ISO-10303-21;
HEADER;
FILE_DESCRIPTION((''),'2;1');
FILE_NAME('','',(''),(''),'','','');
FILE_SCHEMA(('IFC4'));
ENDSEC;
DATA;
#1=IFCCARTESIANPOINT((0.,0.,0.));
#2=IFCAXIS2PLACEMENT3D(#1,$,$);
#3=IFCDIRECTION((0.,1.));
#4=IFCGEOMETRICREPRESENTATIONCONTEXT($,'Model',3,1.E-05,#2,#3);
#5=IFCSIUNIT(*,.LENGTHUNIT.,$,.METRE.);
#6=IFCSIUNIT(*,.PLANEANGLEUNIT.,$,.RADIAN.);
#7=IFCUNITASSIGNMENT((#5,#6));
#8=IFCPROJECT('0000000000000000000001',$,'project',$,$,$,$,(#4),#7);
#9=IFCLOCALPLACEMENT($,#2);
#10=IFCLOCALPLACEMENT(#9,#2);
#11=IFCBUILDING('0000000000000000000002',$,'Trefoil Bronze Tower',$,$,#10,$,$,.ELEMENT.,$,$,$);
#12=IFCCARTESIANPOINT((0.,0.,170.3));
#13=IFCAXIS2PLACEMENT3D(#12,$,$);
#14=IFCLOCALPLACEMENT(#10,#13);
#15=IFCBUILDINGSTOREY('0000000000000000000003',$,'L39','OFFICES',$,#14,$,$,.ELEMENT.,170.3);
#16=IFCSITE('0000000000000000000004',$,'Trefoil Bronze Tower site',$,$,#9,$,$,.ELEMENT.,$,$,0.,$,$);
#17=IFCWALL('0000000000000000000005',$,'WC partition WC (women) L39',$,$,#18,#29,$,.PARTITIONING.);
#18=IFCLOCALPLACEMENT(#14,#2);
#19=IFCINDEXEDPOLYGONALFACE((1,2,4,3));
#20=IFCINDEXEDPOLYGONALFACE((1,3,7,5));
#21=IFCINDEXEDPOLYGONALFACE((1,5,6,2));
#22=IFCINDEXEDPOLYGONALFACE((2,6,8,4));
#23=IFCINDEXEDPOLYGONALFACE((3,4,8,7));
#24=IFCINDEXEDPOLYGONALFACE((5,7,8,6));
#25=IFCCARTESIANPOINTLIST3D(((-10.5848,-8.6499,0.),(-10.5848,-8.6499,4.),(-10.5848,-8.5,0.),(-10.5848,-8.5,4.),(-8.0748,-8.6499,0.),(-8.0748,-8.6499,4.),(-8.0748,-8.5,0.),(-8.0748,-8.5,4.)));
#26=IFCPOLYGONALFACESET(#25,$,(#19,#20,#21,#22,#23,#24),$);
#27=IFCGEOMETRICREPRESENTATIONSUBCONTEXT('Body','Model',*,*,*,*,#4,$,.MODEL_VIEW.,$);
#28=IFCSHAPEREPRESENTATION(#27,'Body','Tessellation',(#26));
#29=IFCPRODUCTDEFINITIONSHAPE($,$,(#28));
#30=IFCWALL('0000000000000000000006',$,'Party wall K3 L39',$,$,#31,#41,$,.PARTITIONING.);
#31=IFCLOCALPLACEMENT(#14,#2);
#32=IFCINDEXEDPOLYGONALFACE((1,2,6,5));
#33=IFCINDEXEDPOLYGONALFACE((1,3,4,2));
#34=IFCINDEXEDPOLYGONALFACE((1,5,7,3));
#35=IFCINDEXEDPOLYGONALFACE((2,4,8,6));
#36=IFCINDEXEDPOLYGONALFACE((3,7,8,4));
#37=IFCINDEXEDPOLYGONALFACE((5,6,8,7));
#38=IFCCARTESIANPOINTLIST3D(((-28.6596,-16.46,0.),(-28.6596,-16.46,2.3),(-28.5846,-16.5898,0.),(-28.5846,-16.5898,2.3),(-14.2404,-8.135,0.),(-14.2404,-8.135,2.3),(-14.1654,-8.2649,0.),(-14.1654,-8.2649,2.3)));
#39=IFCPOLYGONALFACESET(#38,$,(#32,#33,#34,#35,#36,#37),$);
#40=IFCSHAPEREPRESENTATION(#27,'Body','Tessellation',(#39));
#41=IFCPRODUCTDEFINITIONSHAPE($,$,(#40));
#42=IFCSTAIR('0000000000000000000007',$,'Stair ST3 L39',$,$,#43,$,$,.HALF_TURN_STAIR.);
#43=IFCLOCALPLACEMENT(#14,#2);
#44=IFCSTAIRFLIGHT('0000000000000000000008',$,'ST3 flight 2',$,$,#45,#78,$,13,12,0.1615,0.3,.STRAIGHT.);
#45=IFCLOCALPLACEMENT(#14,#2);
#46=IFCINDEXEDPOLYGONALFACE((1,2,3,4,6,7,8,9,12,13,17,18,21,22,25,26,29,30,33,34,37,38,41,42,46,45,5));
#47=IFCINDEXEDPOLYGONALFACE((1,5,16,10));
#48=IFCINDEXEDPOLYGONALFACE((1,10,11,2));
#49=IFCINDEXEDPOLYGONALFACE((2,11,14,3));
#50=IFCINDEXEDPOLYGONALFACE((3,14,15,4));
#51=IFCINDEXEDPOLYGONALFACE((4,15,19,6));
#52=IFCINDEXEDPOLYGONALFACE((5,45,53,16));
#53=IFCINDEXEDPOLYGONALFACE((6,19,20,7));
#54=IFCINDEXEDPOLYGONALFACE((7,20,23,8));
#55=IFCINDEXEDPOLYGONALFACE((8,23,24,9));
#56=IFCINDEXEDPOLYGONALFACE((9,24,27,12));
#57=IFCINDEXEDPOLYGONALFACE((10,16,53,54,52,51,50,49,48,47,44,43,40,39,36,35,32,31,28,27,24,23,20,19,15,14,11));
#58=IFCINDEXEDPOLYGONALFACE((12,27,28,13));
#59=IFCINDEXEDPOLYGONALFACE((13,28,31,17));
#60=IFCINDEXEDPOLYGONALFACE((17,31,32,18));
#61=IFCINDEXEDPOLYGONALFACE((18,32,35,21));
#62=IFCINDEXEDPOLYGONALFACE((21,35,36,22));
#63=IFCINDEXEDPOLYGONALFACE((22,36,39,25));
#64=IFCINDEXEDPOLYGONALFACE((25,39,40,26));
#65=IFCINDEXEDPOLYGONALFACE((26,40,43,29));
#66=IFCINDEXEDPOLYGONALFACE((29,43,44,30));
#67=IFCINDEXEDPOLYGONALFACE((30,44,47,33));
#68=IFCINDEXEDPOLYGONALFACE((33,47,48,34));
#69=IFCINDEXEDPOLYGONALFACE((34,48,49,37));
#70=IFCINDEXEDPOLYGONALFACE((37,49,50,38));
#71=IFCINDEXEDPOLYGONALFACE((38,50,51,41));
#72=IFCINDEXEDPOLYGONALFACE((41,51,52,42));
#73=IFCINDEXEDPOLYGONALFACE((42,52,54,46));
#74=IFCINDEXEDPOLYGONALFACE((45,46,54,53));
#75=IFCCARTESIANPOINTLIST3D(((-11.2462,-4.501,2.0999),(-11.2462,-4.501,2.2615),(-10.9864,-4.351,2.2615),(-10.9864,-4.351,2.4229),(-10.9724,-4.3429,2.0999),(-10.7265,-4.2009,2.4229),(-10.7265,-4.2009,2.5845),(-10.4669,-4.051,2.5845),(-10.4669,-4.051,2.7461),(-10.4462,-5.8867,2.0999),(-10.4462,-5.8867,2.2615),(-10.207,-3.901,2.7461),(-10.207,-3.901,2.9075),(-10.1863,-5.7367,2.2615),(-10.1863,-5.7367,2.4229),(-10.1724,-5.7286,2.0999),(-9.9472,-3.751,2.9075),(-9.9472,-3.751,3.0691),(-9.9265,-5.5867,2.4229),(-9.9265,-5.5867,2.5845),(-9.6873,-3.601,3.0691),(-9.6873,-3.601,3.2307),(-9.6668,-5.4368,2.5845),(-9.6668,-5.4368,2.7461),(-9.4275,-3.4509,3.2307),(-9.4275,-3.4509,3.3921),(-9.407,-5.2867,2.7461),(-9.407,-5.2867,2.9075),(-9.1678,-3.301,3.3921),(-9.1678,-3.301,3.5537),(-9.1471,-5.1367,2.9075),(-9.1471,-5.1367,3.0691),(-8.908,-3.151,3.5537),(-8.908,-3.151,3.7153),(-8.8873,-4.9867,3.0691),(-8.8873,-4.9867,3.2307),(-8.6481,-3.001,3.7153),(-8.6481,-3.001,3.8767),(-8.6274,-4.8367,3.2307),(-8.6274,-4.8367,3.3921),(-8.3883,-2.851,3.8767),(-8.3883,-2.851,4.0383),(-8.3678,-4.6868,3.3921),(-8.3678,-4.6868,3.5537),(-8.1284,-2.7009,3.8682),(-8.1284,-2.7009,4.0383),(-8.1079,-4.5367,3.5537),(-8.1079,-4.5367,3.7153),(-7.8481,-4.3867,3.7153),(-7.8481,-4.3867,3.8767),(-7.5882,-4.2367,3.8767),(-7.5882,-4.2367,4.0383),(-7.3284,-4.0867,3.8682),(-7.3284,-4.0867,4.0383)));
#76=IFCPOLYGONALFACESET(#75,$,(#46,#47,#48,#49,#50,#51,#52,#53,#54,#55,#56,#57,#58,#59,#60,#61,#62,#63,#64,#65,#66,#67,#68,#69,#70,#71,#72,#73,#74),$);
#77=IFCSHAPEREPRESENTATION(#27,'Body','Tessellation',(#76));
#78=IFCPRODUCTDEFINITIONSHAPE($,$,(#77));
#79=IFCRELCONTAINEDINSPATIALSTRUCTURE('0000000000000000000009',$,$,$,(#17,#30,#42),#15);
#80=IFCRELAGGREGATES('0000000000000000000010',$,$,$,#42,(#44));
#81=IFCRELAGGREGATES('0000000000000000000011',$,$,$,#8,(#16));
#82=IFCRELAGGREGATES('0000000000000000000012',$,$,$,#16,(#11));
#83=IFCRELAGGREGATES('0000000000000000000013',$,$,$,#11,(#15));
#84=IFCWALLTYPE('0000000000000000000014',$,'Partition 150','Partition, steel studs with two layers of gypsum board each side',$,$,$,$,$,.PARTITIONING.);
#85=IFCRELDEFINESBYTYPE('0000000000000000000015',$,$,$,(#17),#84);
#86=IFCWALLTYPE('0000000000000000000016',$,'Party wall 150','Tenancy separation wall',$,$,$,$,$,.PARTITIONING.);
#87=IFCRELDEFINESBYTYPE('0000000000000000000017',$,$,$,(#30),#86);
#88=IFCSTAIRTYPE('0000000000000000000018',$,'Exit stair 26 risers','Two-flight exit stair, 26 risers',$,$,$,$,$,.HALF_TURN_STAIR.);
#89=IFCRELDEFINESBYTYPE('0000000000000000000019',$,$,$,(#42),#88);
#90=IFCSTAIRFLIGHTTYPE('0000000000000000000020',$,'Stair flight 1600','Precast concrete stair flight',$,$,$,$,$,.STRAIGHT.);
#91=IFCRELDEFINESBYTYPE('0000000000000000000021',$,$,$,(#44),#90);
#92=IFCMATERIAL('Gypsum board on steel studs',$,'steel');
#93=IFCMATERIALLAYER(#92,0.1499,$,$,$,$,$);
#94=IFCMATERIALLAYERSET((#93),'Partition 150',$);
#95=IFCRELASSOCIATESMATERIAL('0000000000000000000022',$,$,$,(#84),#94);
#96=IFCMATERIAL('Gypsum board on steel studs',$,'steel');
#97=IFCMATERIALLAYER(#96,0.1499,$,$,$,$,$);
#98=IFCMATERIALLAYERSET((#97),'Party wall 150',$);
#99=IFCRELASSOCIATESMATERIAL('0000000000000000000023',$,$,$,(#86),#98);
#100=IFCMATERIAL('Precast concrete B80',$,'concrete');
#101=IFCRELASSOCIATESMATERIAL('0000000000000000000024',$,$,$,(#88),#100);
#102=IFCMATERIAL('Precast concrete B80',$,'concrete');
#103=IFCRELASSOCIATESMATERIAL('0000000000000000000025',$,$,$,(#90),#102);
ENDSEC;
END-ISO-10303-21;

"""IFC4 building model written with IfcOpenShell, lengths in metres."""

from ifc_helpers import new_model, si_unit, direction, frame, frame_2d, origin, place, context, subcontext, project, spatial, polyline, rectangle, outline, extrude, material, layer, layer_set, type_object, element, aggregate, save


model = new_model("IFC4")

# Units and contexts
model_context = context("Model", 3, precision=1e-05, world=origin(), true_north=direction((0.0, 1.0)))
body_context = subcontext(model_context, "Body", "Model", "MODEL_VIEW")
ifc_project = project(units=[si_unit("LENGTHUNIT", "METRE"), si_unit("PLANEANGLEUNIT", "RADIAN")], contexts=[model_context])

# Site, building, storey
site_placement = place(None, origin())
site = spatial("IfcSite", under=ifc_project, at=site_placement, Name="Trefoil Bronze Tower site", CompositionType="ELEMENT", RefElevation=0.0)
building_placement = place(site_placement, origin())
building = spatial("IfcBuilding", under=site, at=building_placement, Name="Trefoil Bronze Tower", CompositionType="ELEMENT")
storey_placement = place(building_placement, frame((0.0, 0.0, 170.3)))
storey = spatial("IfcBuildingStorey", under=building, at=storey_placement, Name="L39", Description="OFFICES", CompositionType="ELEMENT", Elevation=170.3)

# Shared definitions
ifc_material_1 = material(Name="Gypsum board on steel studs", Category="steel")
ifc_layer_1 = layer(ifc_material_1, 0.1499)
ifc_layer_set_1 = layer_set([ifc_layer_1], Name="Partition 150")
wall_type_1 = type_object("IfcWallType", Name="Partition 150", Description="Partition, steel studs with two layers of gypsum board each side", PredefinedType="PARTITIONING", material=ifc_layer_set_1)

# Walls
wall_1_placement = place(storey_placement, frame((-8.075, -8.575, 0.0), z_axis=(0.0, 0.0, 1.0), x_axis=(-1.0, 0.0, 0.0)))
element("IfcWall", 1, at=wall_1_placement, inside=storey, type_object=wall_type_1, Name="WC partition WC (women) L39", PredefinedType="PARTITIONING", context=body_context, shape_type="SweptSolid", body=[
    extrude(rectangle(XDim=2.51, YDim=0.1499, at=frame_2d((1.2549, 0.0))), origin(), (0.0, 0.0, 1.0), 4.0),
])
ifc_material_2 = material(Name="Gypsum board on steel studs", Category="steel")
ifc_layer_2 = layer(ifc_material_2, 0.1499)
ifc_layer_set_2 = layer_set([ifc_layer_2], Name="Party wall 150")
wall_type_2 = type_object("IfcWallType", Name="Party wall 150", Description="Tenancy separation wall", PredefinedType="PARTITIONING", material=ifc_layer_set_2)
wall_2_placement = place(storey_placement, frame((-14.2029, -8.2, 0.0), z_axis=(0.0, 0.0, 1.0), x_axis=(-0.866025, -0.500001, 0.0)))
element("IfcWall", 2, at=wall_2_placement, inside=storey, type_object=wall_type_2, Name="Party wall K3 L39", PredefinedType="PARTITIONING", context=body_context, shape_type="SweptSolid", body=[
    extrude(rectangle(XDim=16.6499, YDim=0.1499, at=frame_2d((8.325, 0.0))), origin(), (0.0, 0.0, 1.0), 2.3),
])

# Stair, stair flight
ifc_material_3 = material(Name="Precast concrete B80", Category="concrete")
stair_type = type_object("IfcStairType", Name="Exit stair 26 risers", Description="Two-flight exit stair, 26 risers", PredefinedType="HALF_TURN_STAIR", material=ifc_material_3)
stair_placement = place(storey_placement, origin())
stair = element("IfcStair", 3, at=stair_placement, inside=storey, type_object=stair_type, Name="Stair ST3 L39", PredefinedType="HALF_TURN_STAIR")
ifc_material_4 = material(Name="Precast concrete B80", Category="concrete")
stair_flight_type = type_object("IfcStairFlightType", Name="Stair flight 1600", Description="Precast concrete stair flight", PredefinedType="STRAIGHT", material=ifc_material_4)
stair_flight_placement = place(storey_placement, frame((-10.8462, -5.1938, 2.0999), z_axis=(0.0, 0.0, 1.0), x_axis=(0.866025, 0.5, 0.0)))
stair_flight = element("IfcStairFlight", 4, at=stair_flight_placement, type_object=stair_flight_type, Name="ST3 flight 2", NumberOfRisers=13, NumberOfTreads=12, PredefinedType="STRAIGHT", RiserHeight=0.1615, TreadLength=0.3, context=body_context, shape_type="SweptSolid", body=[
    extrude(outline(polyline([(0.0, 0.0), (0.0, 0.1616), (0.3, 0.1616), (0.3, 0.323), (0.6001, 0.323), (0.6001, 0.4846), (0.8999, 0.4846), (0.8999, 0.6462), (1.2, 0.6462), (1.2, 0.8076), (1.5, 0.8076), (1.5, 0.9692), (1.8, 0.9692), (1.8, 1.1309), (2.1001, 1.1309), (2.1001, 1.2922), (2.3999, 1.2922), (2.3999, 1.4539), (2.7, 1.4539), (2.7, 1.6155), (3.0, 1.6155), (3.0, 1.7769), (3.3, 1.7769), (3.3, 1.9385), (3.6001, 1.9385), (3.6001, 2.1001), (3.6001, 1.7683), (0.3162, 0.0), (0.0, 0.0)])), frame((0.0, 0.8, 0.0), z_axis=(0.0, -1.0, 0.0), x_axis=(1.0, 0.0, 0.0)), (0.0, 0.0, 1.0), 1.6001),
])
aggregate(stair, [stair_flight])

save(model, "model.ifc")
